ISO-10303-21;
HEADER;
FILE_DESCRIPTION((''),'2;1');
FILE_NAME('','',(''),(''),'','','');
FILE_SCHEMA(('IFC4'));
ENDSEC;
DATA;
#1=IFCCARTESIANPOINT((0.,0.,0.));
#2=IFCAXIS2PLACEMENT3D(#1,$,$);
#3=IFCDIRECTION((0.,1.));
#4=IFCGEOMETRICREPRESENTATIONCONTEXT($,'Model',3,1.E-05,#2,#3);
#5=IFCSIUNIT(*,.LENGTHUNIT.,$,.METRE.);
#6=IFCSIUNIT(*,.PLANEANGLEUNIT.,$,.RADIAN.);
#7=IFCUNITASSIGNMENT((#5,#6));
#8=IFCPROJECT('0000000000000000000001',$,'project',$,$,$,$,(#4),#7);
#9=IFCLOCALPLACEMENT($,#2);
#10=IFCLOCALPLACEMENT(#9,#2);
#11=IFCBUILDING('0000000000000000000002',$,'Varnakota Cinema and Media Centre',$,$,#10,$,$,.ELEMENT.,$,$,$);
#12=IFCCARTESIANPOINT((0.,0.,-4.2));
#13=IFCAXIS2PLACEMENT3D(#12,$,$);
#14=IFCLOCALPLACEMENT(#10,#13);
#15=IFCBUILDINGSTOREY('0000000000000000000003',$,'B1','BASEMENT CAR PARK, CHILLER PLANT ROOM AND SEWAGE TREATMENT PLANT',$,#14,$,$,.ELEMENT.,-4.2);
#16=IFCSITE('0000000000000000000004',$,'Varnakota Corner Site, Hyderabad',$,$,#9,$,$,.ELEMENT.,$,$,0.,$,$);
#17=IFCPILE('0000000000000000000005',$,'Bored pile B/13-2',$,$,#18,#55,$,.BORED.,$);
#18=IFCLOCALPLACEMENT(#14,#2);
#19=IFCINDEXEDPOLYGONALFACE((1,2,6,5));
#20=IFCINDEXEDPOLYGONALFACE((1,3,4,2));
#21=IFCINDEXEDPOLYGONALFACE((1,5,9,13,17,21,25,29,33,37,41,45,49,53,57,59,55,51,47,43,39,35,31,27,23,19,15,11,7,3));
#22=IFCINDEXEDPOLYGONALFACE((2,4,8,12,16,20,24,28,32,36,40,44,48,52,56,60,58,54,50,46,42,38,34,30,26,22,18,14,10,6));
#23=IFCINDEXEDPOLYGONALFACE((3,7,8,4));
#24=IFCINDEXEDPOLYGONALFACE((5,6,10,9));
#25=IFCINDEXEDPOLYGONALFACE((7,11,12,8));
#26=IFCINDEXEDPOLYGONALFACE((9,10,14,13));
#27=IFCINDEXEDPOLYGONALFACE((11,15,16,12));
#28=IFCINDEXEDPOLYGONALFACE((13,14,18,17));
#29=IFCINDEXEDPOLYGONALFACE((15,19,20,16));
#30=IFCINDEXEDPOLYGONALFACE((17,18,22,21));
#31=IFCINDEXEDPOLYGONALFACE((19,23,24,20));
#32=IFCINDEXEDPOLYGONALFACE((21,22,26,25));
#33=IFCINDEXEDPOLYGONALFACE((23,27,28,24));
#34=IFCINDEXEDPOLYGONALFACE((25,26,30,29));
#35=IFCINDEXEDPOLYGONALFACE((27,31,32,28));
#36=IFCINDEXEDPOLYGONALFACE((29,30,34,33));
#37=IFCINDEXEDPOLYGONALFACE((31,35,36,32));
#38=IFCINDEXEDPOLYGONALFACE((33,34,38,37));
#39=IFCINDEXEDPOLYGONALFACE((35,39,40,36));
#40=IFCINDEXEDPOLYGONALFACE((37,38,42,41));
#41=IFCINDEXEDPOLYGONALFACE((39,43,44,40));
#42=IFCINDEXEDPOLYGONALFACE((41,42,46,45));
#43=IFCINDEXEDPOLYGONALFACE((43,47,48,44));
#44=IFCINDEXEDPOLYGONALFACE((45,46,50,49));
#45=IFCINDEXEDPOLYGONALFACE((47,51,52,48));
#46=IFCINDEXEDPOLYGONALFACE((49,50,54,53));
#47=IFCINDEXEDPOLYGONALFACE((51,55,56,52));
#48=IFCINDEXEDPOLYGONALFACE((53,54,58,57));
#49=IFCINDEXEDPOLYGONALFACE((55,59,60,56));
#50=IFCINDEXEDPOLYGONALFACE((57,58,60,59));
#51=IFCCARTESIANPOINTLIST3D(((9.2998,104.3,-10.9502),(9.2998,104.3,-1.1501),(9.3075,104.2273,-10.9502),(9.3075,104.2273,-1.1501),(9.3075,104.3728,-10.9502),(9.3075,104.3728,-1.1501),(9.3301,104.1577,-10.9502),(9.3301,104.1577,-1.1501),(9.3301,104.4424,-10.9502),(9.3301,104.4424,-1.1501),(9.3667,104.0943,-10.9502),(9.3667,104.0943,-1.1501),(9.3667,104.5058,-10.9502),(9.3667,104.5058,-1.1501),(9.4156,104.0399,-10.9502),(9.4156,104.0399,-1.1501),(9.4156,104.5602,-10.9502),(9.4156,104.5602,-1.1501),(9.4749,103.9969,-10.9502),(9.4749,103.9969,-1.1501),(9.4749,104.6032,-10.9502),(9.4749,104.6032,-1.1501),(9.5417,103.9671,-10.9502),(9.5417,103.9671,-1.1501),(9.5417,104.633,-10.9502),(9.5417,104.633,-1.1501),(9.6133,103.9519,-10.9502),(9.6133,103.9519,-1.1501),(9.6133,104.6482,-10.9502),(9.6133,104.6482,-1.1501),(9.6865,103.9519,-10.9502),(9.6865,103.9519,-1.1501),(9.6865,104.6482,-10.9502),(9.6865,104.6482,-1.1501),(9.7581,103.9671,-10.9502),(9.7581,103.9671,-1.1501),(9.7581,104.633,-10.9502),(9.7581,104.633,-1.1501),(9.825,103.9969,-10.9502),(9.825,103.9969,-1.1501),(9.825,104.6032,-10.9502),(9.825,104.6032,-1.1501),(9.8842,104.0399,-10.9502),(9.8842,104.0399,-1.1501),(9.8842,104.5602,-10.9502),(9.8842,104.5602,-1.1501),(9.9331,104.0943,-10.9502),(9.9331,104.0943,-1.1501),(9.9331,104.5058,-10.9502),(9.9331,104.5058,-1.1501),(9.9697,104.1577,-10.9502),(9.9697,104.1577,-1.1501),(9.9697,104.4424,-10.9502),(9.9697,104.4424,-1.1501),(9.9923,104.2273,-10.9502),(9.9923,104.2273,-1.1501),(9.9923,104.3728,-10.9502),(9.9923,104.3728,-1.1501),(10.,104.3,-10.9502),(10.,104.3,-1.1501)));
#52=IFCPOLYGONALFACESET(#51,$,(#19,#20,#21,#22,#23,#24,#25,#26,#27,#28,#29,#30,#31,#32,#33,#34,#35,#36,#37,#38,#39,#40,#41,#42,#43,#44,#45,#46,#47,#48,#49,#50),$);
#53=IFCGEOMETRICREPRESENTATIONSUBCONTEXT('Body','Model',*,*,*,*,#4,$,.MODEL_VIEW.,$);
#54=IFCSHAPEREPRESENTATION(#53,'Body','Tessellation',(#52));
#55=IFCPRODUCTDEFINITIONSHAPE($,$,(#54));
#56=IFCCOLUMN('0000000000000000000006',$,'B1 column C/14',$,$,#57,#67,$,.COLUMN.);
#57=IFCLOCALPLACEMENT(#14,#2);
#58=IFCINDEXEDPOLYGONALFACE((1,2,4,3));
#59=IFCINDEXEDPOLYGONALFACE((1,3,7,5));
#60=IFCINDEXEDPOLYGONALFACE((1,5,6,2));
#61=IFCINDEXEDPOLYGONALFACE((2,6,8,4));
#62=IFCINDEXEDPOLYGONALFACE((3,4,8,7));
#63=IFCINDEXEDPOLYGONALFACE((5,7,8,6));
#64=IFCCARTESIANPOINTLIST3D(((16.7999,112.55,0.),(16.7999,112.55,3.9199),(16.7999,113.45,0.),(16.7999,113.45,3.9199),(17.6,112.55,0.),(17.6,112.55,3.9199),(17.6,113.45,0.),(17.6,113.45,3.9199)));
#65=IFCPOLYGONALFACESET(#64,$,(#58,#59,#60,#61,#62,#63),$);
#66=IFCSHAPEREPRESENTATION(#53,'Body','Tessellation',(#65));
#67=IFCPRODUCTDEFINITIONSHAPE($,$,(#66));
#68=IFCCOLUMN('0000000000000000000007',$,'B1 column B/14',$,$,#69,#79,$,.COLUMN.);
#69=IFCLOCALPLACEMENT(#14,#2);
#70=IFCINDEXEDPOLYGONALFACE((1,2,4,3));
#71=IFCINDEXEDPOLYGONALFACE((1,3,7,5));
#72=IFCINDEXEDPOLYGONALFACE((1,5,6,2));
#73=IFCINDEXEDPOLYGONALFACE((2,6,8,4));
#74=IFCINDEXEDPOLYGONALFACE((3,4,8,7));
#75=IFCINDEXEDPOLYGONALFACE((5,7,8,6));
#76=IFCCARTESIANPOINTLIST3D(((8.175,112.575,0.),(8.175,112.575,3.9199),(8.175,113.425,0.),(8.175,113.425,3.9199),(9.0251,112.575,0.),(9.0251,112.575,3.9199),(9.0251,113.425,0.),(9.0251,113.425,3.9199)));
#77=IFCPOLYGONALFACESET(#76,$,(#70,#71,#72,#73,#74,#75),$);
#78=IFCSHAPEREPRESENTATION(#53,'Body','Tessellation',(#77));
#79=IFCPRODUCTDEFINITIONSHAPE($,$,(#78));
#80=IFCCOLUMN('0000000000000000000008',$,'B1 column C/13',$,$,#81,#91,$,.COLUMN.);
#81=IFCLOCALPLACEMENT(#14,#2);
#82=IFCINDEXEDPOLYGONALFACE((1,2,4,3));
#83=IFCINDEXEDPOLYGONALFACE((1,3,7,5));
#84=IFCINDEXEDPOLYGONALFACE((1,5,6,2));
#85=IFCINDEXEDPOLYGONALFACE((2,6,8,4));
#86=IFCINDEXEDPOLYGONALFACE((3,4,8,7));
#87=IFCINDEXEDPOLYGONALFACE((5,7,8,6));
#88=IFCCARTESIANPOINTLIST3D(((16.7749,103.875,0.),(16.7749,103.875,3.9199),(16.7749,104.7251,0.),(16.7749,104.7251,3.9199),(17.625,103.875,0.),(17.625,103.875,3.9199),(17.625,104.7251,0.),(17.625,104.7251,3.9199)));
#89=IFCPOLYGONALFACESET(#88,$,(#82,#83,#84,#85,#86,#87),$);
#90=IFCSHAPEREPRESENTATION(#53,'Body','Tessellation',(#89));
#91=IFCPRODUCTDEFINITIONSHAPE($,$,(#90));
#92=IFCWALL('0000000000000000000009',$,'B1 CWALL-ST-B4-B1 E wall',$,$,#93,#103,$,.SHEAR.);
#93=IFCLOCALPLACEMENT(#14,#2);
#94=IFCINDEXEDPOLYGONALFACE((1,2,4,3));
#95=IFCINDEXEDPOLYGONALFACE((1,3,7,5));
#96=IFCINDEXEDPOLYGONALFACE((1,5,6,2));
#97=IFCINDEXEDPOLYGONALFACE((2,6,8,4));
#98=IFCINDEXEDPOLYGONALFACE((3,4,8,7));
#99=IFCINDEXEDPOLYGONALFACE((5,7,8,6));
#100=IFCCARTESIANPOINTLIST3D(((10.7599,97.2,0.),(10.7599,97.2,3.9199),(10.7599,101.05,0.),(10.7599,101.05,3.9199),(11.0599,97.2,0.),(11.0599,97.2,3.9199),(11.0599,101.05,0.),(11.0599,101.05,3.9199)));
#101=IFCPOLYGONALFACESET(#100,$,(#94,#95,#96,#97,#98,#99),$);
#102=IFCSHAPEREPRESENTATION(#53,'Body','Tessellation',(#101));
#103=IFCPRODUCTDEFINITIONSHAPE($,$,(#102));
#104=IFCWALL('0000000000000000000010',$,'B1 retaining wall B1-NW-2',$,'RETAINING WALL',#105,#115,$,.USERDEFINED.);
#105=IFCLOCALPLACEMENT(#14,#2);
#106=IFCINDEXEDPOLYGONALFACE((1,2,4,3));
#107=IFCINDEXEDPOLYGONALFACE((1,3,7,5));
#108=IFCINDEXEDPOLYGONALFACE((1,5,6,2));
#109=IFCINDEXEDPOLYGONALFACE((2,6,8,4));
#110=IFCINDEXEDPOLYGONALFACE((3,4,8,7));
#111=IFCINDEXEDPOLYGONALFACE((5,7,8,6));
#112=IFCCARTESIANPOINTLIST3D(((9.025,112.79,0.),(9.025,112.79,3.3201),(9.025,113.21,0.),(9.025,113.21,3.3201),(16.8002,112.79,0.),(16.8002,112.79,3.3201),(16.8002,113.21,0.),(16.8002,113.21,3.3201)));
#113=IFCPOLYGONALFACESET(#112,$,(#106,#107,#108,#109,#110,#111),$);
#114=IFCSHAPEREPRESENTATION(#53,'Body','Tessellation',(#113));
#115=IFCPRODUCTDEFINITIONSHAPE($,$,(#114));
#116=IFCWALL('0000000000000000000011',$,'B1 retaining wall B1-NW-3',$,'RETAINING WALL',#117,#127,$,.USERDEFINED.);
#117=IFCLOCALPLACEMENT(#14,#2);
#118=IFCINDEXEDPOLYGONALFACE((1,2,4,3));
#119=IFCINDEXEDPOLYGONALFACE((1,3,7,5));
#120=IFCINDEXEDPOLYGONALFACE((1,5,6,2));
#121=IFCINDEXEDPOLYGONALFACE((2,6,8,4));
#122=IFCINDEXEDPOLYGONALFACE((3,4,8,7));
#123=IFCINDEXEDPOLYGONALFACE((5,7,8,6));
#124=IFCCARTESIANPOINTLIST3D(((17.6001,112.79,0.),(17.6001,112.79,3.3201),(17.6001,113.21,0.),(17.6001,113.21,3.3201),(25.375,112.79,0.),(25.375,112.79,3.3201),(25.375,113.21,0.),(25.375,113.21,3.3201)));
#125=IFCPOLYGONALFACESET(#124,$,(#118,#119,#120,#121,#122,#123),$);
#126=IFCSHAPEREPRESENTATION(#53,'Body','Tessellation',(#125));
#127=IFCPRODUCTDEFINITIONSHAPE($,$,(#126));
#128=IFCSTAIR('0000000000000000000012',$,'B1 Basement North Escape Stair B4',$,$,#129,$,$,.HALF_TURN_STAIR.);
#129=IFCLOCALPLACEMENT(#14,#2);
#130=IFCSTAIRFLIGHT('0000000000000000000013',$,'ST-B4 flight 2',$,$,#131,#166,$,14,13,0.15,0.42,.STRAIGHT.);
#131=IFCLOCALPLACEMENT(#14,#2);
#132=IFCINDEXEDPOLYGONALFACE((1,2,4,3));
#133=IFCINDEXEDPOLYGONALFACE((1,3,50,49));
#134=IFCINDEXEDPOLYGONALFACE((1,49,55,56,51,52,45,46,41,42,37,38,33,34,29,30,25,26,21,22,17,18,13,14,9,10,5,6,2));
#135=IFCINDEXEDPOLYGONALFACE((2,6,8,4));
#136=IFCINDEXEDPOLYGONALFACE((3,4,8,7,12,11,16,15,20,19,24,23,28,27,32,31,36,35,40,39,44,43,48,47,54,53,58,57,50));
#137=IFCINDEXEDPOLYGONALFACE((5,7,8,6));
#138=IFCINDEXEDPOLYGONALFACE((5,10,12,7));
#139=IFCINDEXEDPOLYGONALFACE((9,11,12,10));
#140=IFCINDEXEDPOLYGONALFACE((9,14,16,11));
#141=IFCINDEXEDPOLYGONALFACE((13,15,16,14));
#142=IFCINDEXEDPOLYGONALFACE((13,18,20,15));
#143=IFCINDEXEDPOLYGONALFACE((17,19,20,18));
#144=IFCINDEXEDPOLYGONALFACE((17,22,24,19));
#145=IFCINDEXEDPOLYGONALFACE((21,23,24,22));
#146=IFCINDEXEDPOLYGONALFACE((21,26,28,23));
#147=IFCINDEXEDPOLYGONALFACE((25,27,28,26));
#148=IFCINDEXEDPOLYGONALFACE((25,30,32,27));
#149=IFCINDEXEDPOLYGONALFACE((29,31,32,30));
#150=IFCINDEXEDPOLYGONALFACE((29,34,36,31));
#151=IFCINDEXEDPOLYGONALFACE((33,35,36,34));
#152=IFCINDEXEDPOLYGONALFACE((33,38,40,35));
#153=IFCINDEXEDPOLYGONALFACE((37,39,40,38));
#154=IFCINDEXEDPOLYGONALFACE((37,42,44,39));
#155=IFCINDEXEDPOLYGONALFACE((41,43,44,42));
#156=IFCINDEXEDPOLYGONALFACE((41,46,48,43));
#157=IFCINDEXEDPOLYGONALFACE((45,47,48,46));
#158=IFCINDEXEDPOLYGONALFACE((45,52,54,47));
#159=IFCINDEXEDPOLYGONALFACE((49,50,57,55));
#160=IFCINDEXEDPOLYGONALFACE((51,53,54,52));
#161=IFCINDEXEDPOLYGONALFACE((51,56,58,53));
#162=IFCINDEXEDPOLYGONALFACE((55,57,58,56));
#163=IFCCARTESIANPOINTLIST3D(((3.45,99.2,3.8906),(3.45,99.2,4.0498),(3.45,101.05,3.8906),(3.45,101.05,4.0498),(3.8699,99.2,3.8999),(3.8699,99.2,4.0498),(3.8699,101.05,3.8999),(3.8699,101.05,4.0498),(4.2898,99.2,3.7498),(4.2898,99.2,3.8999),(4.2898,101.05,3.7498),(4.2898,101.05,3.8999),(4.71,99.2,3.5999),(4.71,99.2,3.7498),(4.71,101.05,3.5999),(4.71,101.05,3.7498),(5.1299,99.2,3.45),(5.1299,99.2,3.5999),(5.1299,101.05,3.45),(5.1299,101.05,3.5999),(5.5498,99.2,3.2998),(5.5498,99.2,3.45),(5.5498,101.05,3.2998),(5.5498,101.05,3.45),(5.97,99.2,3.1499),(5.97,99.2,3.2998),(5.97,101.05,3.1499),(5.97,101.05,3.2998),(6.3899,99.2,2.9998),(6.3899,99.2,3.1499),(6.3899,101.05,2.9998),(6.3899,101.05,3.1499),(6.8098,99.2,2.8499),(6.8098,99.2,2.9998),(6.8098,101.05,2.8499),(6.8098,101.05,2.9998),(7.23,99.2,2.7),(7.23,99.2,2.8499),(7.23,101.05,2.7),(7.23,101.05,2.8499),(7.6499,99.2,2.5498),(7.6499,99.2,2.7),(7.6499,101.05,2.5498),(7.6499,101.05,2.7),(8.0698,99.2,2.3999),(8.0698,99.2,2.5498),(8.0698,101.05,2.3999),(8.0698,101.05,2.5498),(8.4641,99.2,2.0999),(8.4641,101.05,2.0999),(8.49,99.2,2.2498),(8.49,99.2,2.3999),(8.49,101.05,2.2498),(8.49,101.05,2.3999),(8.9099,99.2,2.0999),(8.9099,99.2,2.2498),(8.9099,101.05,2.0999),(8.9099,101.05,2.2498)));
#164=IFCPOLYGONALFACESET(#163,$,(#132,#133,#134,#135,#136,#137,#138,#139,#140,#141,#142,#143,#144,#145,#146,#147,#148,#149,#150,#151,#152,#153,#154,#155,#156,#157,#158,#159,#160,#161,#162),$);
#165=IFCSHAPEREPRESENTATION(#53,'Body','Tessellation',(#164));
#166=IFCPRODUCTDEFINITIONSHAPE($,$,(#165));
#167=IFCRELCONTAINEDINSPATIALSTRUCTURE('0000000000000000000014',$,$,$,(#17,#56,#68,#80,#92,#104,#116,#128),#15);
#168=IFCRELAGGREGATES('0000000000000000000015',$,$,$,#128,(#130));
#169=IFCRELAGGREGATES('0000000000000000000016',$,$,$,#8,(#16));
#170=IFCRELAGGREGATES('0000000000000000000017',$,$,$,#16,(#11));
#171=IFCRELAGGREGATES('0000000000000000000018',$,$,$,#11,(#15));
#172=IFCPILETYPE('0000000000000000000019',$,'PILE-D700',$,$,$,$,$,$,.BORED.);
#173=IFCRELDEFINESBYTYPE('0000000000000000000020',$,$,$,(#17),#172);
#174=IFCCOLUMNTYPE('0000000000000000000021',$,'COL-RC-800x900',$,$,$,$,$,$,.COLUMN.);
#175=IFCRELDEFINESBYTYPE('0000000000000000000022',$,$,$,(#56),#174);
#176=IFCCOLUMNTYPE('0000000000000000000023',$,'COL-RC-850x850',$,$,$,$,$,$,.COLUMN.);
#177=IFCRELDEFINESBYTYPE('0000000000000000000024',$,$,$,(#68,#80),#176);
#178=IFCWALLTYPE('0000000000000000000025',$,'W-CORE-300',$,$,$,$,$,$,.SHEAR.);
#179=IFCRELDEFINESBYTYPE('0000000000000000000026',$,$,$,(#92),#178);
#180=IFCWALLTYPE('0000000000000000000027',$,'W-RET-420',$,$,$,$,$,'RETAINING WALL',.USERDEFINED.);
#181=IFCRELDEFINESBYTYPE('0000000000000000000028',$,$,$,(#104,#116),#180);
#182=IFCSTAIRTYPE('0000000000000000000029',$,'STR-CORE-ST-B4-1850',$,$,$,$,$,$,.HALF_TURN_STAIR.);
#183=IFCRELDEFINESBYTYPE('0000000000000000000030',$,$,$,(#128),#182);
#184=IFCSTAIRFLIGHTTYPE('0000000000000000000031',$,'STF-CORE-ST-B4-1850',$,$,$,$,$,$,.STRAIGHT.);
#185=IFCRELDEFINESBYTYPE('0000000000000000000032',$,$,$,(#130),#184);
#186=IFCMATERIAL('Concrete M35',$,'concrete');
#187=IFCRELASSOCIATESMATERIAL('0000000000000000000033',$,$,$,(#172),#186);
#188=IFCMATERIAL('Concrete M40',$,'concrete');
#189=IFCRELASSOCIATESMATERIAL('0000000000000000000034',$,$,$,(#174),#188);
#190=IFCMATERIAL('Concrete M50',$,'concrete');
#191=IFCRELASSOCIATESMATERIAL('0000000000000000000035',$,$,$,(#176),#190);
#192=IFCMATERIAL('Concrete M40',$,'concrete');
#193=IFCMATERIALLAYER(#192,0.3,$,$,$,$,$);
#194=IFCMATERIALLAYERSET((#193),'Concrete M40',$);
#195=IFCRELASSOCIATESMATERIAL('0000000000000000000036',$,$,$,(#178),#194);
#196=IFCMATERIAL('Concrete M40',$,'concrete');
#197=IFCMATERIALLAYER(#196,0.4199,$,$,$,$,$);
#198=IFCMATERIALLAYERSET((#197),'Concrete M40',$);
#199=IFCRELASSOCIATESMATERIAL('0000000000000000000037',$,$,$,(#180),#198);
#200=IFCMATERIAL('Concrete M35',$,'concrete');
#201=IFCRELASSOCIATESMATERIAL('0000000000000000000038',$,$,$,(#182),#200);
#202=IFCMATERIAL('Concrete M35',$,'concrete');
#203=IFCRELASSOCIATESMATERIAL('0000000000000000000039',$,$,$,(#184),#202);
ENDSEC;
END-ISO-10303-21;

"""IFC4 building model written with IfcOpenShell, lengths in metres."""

from ifc_helpers import new_model, si_unit, direction, frame, frame_2d, origin, origin_2d, place, context, subcontext, project, spatial, polyline, rectangle, circle, outline, extrude, material, layer, layer_set, material_profile, profile_set, type_object, element, aggregate, save


model = new_model("IFC4")

# Units and contexts
model_context = context("Model", 3, precision=1e-05, world=origin(), true_north=direction((0.0, 1.0)))
body_context = subcontext(model_context, "Body", "Model", "MODEL_VIEW")
ifc_project = project(units=[si_unit("LENGTHUNIT", "METRE"), si_unit("PLANEANGLEUNIT", "RADIAN")], contexts=[model_context])

# Site, building, storey
site_placement = place(None, origin())
site = spatial("IfcSite", under=ifc_project, at=site_placement, Name="Varnakota Corner Site, Hyderabad", CompositionType="ELEMENT", RefElevation=0.0)
building_placement = place(site_placement, origin())
building = spatial("IfcBuilding", under=site, at=building_placement, Name="Varnakota Cinema and Media Centre", CompositionType="ELEMENT")
storey_placement = place(building_placement, frame((0.0, 0.0, -4.2)))
storey = spatial("IfcBuildingStorey", under=building, at=storey_placement, Name="B1", Description="BASEMENT CAR PARK, CHILLER PLANT ROOM AND SEWAGE TREATMENT PLANT", CompositionType="ELEMENT", Elevation=-4.2)

# Pile
ifc_material_1 = material(Name="Concrete M35", Category="concrete")
ifc_material_profile_1 = material_profile(ifc_material_1, circle(Radius=0.3501, at=origin_2d()), Name="PILE D700")
ifc_profile_set_1 = profile_set([ifc_material_profile_1], Name="Concrete M35")
pile_type_1 = type_object("IfcPileType", Name="PILE-D700", PredefinedType="BORED", material=ifc_profile_set_1)
pile_placement = place(storey_placement, frame((9.6499, 104.3, -1.1501), z_axis=(0.0, 0.0, -1.0), x_axis=(1.0, 0.0, 0.0)))
element("IfcPile", 1, at=pile_placement, inside=storey, type_object=pile_type_1, Name="Bored pile B/13-2", PredefinedType="BORED", context=body_context, shape_type="SweptSolid", body=[
    extrude(circle(Radius=0.3501, at=origin_2d()), origin(), (0.0, 0.0, 1.0), 9.8),
])

# Columns
ifc_material_2 = material(Name="Concrete M40", Category="concrete")
ifc_material_profile_2 = material_profile(ifc_material_2, rectangle(XDim=0.8, YDim=0.8999, at=origin_2d()), Name="RC 800x900")
ifc_profile_set_2 = profile_set([ifc_material_profile_2], Name="Concrete M40")
column_type_1 = type_object("IfcColumnType", Name="COL-RC-800x900", PredefinedType="COLUMN", material=ifc_profile_set_2)
column_placement = place(storey_placement, frame((17.2, 113.0, 0.0), z_axis=(0.0, 0.0, 1.0), x_axis=(1.0, 0.0, 0.0)))
element("IfcColumn", 2, at=column_placement, inside=storey, type_object=column_type_1, Name="B1 column C/14", PredefinedType="COLUMN", context=body_context, shape_type="SweptSolid", body=[
    extrude(rectangle(XDim=0.8, YDim=0.8999, at=origin_2d()), origin(), (0.0, 0.0, 1.0), 3.9199),
])
ifc_material_3 = material(Name="Concrete M50", Category="concrete")
ifc_material_profile_3 = material_profile(ifc_material_3, rectangle(XDim=0.8501, YDim=0.8501, at=origin_2d()), Name="RC 850x850")
ifc_profile_set_3 = profile_set([ifc_material_profile_3], Name="Concrete M50")
column_type_2 = type_object("IfcColumnType", Name="COL-RC-850x850", PredefinedType="COLUMN", material=ifc_profile_set_3)
for number, where, z_axis, x_axis, name in (
    (3, (8.6001, 113.0, 0.0), (0.0, 0.0, 1.0), (1.0, 0.0, 0.0), "B1 column B/14"),
    (4, (17.2, 104.3, 0.0), (0.0, 0.0, 1.0), (1.0, 0.0, 0.0), "B1 column C/13"),
):
    element("IfcColumn", number, at=place(storey_placement, frame(where, z_axis=z_axis, x_axis=x_axis)), inside=storey, type_object=column_type_2, Name=name, PredefinedType="COLUMN", context=body_context, shape_type="SweptSolid", body=[
        extrude(rectangle(XDim=0.8501, YDim=0.8501, at=origin_2d()), origin(), (0.0, 0.0, 1.0), 3.9199),
    ])

# Walls
ifc_material_4 = material(Name="Concrete M40", Category="concrete")
ifc_layer_1 = layer(ifc_material_4, 0.3)
ifc_layer_set_1 = layer_set([ifc_layer_1], Name="Concrete M40")
wall_type_1 = type_object("IfcWallType", Name="W-CORE-300", PredefinedType="SHEAR", material=ifc_layer_set_1)
wall_1_placement = place(storey_placement, frame((10.9099, 101.05, 0.0), z_axis=(0.0, 0.0, 1.0), x_axis=(0.0, -1.0, 0.0)))
element("IfcWall", 5, at=wall_1_placement, inside=storey, type_object=wall_type_1, Name="B1 CWALL-ST-B4-B1 E wall", PredefinedType="SHEAR", context=body_context, shape_type="SweptSolid", body=[
    extrude(rectangle(XDim=3.8501, YDim=0.3, at=frame_2d((1.925, 0.0))), origin(), (0.0, 0.0, 1.0), 3.9199),
])
ifc_material_5 = material(Name="Concrete M40", Category="concrete")
ifc_layer_2 = layer(ifc_material_5, 0.4199)
ifc_layer_set_2 = layer_set([ifc_layer_2], Name="Concrete M40")
wall_type_2 = type_object("IfcWallType", Name="W-RET-420", ElementType="RETAINING WALL", PredefinedType="USERDEFINED", material=ifc_layer_set_2)
wall_2_placement = place(storey_placement, frame((9.0249, 113.0, 0.0), z_axis=(0.0, 0.0, 1.0), x_axis=(1.0, 0.0, 0.0)))
element("IfcWall", 6, at=wall_2_placement, inside=storey, type_object=wall_type_2, Name="B1 retaining wall B1-NW-2", ObjectType="RETAINING WALL", PredefinedType="USERDEFINED", context=body_context, shape_type="SweptSolid", body=[
    extrude(rectangle(XDim=7.7751, YDim=0.4199, at=frame_2d((3.8877, 0.0))), origin(), (0.0, 0.0, 1.0), 3.3201),
])
wall_3_placement = place(storey_placement, frame((17.6001, 113.0, 0.0), z_axis=(0.0, 0.0, 1.0), x_axis=(1.0, 0.0, 0.0)))
element("IfcWall", 7, at=wall_3_placement, inside=storey, type_object=wall_type_2, Name="B1 retaining wall B1-NW-3", ObjectType="RETAINING WALL", PredefinedType="USERDEFINED", context=body_context, shape_type="SweptSolid", body=[
    extrude(rectangle(XDim=7.7749, YDim=0.4199, at=frame_2d((3.8875, 0.0))), origin(), (0.0, 0.0, 1.0), 3.3201),
])

# Stair, stair flight
ifc_material_6 = material(Name="Concrete M35", Category="concrete")
stair_type = type_object("IfcStairType", Name="STR-CORE-ST-B4-1850", PredefinedType="HALF_TURN_STAIR", material=ifc_material_6)
stair_placement = place(storey_placement, origin())
stair = element("IfcStair", 8, at=stair_placement, inside=storey, type_object=stair_type, Name="B1 Basement North Escape Stair B4", PredefinedType="HALF_TURN_STAIR")
ifc_material_7 = material(Name="Concrete M35", Category="concrete")
stair_flight_type = type_object("IfcStairFlightType", Name="STF-CORE-ST-B4-1850", PredefinedType="STRAIGHT", material=ifc_material_7)
stair_flight_placement = place(storey_placement, frame((8.9099, 100.125, 2.0999), z_axis=(0.0, 0.0, 1.0), x_axis=(-1.0, 0.0, 0.0)))
stair_flight = element("IfcStairFlight", 9, at=stair_flight_placement, type_object=stair_flight_type, Name="ST-B4 flight 2", NumberOfRisers=14, NumberOfTreads=13, PredefinedType="STRAIGHT", RiserHeight=0.15, TreadLength=0.42, context=body_context, shape_type="SweptSolid", body=[
    extrude(outline(polyline([(0.0, 0.0), (0.0, 0.1499), (0.4199, 0.1499), (0.4199, 0.3), (0.8401, 0.3), (0.8401, 0.45), (1.26, 0.45), (1.26, 0.6001), (1.6799, 0.6001), (1.6799, 0.75), (2.1001, 0.75), (2.1001, 0.8999), (2.52, 0.8999), (2.52, 1.05), (2.9399, 1.05), (2.9399, 1.2), (3.3601, 1.2), (3.3601, 1.3501), (3.78, 1.3501), (3.78, 1.5), (4.2, 1.5), (4.2, 1.6499), (4.6201, 1.6499), (4.6201, 1.8), (5.04, 1.8), (5.04, 1.95), (5.46, 1.95), (5.46, 2.1001), (5.46, 1.7908), (0.4458, 0.0), (0.0, 0.0)])), frame((0.0, 0.925, 0.0), z_axis=(0.0, -1.0, 0.0), x_axis=(1.0, 0.0, 0.0)), (0.0, 0.0, 1.0), 1.8501),
])
aggregate(stair, [stair_flight])

save(model, "model.ifc")
